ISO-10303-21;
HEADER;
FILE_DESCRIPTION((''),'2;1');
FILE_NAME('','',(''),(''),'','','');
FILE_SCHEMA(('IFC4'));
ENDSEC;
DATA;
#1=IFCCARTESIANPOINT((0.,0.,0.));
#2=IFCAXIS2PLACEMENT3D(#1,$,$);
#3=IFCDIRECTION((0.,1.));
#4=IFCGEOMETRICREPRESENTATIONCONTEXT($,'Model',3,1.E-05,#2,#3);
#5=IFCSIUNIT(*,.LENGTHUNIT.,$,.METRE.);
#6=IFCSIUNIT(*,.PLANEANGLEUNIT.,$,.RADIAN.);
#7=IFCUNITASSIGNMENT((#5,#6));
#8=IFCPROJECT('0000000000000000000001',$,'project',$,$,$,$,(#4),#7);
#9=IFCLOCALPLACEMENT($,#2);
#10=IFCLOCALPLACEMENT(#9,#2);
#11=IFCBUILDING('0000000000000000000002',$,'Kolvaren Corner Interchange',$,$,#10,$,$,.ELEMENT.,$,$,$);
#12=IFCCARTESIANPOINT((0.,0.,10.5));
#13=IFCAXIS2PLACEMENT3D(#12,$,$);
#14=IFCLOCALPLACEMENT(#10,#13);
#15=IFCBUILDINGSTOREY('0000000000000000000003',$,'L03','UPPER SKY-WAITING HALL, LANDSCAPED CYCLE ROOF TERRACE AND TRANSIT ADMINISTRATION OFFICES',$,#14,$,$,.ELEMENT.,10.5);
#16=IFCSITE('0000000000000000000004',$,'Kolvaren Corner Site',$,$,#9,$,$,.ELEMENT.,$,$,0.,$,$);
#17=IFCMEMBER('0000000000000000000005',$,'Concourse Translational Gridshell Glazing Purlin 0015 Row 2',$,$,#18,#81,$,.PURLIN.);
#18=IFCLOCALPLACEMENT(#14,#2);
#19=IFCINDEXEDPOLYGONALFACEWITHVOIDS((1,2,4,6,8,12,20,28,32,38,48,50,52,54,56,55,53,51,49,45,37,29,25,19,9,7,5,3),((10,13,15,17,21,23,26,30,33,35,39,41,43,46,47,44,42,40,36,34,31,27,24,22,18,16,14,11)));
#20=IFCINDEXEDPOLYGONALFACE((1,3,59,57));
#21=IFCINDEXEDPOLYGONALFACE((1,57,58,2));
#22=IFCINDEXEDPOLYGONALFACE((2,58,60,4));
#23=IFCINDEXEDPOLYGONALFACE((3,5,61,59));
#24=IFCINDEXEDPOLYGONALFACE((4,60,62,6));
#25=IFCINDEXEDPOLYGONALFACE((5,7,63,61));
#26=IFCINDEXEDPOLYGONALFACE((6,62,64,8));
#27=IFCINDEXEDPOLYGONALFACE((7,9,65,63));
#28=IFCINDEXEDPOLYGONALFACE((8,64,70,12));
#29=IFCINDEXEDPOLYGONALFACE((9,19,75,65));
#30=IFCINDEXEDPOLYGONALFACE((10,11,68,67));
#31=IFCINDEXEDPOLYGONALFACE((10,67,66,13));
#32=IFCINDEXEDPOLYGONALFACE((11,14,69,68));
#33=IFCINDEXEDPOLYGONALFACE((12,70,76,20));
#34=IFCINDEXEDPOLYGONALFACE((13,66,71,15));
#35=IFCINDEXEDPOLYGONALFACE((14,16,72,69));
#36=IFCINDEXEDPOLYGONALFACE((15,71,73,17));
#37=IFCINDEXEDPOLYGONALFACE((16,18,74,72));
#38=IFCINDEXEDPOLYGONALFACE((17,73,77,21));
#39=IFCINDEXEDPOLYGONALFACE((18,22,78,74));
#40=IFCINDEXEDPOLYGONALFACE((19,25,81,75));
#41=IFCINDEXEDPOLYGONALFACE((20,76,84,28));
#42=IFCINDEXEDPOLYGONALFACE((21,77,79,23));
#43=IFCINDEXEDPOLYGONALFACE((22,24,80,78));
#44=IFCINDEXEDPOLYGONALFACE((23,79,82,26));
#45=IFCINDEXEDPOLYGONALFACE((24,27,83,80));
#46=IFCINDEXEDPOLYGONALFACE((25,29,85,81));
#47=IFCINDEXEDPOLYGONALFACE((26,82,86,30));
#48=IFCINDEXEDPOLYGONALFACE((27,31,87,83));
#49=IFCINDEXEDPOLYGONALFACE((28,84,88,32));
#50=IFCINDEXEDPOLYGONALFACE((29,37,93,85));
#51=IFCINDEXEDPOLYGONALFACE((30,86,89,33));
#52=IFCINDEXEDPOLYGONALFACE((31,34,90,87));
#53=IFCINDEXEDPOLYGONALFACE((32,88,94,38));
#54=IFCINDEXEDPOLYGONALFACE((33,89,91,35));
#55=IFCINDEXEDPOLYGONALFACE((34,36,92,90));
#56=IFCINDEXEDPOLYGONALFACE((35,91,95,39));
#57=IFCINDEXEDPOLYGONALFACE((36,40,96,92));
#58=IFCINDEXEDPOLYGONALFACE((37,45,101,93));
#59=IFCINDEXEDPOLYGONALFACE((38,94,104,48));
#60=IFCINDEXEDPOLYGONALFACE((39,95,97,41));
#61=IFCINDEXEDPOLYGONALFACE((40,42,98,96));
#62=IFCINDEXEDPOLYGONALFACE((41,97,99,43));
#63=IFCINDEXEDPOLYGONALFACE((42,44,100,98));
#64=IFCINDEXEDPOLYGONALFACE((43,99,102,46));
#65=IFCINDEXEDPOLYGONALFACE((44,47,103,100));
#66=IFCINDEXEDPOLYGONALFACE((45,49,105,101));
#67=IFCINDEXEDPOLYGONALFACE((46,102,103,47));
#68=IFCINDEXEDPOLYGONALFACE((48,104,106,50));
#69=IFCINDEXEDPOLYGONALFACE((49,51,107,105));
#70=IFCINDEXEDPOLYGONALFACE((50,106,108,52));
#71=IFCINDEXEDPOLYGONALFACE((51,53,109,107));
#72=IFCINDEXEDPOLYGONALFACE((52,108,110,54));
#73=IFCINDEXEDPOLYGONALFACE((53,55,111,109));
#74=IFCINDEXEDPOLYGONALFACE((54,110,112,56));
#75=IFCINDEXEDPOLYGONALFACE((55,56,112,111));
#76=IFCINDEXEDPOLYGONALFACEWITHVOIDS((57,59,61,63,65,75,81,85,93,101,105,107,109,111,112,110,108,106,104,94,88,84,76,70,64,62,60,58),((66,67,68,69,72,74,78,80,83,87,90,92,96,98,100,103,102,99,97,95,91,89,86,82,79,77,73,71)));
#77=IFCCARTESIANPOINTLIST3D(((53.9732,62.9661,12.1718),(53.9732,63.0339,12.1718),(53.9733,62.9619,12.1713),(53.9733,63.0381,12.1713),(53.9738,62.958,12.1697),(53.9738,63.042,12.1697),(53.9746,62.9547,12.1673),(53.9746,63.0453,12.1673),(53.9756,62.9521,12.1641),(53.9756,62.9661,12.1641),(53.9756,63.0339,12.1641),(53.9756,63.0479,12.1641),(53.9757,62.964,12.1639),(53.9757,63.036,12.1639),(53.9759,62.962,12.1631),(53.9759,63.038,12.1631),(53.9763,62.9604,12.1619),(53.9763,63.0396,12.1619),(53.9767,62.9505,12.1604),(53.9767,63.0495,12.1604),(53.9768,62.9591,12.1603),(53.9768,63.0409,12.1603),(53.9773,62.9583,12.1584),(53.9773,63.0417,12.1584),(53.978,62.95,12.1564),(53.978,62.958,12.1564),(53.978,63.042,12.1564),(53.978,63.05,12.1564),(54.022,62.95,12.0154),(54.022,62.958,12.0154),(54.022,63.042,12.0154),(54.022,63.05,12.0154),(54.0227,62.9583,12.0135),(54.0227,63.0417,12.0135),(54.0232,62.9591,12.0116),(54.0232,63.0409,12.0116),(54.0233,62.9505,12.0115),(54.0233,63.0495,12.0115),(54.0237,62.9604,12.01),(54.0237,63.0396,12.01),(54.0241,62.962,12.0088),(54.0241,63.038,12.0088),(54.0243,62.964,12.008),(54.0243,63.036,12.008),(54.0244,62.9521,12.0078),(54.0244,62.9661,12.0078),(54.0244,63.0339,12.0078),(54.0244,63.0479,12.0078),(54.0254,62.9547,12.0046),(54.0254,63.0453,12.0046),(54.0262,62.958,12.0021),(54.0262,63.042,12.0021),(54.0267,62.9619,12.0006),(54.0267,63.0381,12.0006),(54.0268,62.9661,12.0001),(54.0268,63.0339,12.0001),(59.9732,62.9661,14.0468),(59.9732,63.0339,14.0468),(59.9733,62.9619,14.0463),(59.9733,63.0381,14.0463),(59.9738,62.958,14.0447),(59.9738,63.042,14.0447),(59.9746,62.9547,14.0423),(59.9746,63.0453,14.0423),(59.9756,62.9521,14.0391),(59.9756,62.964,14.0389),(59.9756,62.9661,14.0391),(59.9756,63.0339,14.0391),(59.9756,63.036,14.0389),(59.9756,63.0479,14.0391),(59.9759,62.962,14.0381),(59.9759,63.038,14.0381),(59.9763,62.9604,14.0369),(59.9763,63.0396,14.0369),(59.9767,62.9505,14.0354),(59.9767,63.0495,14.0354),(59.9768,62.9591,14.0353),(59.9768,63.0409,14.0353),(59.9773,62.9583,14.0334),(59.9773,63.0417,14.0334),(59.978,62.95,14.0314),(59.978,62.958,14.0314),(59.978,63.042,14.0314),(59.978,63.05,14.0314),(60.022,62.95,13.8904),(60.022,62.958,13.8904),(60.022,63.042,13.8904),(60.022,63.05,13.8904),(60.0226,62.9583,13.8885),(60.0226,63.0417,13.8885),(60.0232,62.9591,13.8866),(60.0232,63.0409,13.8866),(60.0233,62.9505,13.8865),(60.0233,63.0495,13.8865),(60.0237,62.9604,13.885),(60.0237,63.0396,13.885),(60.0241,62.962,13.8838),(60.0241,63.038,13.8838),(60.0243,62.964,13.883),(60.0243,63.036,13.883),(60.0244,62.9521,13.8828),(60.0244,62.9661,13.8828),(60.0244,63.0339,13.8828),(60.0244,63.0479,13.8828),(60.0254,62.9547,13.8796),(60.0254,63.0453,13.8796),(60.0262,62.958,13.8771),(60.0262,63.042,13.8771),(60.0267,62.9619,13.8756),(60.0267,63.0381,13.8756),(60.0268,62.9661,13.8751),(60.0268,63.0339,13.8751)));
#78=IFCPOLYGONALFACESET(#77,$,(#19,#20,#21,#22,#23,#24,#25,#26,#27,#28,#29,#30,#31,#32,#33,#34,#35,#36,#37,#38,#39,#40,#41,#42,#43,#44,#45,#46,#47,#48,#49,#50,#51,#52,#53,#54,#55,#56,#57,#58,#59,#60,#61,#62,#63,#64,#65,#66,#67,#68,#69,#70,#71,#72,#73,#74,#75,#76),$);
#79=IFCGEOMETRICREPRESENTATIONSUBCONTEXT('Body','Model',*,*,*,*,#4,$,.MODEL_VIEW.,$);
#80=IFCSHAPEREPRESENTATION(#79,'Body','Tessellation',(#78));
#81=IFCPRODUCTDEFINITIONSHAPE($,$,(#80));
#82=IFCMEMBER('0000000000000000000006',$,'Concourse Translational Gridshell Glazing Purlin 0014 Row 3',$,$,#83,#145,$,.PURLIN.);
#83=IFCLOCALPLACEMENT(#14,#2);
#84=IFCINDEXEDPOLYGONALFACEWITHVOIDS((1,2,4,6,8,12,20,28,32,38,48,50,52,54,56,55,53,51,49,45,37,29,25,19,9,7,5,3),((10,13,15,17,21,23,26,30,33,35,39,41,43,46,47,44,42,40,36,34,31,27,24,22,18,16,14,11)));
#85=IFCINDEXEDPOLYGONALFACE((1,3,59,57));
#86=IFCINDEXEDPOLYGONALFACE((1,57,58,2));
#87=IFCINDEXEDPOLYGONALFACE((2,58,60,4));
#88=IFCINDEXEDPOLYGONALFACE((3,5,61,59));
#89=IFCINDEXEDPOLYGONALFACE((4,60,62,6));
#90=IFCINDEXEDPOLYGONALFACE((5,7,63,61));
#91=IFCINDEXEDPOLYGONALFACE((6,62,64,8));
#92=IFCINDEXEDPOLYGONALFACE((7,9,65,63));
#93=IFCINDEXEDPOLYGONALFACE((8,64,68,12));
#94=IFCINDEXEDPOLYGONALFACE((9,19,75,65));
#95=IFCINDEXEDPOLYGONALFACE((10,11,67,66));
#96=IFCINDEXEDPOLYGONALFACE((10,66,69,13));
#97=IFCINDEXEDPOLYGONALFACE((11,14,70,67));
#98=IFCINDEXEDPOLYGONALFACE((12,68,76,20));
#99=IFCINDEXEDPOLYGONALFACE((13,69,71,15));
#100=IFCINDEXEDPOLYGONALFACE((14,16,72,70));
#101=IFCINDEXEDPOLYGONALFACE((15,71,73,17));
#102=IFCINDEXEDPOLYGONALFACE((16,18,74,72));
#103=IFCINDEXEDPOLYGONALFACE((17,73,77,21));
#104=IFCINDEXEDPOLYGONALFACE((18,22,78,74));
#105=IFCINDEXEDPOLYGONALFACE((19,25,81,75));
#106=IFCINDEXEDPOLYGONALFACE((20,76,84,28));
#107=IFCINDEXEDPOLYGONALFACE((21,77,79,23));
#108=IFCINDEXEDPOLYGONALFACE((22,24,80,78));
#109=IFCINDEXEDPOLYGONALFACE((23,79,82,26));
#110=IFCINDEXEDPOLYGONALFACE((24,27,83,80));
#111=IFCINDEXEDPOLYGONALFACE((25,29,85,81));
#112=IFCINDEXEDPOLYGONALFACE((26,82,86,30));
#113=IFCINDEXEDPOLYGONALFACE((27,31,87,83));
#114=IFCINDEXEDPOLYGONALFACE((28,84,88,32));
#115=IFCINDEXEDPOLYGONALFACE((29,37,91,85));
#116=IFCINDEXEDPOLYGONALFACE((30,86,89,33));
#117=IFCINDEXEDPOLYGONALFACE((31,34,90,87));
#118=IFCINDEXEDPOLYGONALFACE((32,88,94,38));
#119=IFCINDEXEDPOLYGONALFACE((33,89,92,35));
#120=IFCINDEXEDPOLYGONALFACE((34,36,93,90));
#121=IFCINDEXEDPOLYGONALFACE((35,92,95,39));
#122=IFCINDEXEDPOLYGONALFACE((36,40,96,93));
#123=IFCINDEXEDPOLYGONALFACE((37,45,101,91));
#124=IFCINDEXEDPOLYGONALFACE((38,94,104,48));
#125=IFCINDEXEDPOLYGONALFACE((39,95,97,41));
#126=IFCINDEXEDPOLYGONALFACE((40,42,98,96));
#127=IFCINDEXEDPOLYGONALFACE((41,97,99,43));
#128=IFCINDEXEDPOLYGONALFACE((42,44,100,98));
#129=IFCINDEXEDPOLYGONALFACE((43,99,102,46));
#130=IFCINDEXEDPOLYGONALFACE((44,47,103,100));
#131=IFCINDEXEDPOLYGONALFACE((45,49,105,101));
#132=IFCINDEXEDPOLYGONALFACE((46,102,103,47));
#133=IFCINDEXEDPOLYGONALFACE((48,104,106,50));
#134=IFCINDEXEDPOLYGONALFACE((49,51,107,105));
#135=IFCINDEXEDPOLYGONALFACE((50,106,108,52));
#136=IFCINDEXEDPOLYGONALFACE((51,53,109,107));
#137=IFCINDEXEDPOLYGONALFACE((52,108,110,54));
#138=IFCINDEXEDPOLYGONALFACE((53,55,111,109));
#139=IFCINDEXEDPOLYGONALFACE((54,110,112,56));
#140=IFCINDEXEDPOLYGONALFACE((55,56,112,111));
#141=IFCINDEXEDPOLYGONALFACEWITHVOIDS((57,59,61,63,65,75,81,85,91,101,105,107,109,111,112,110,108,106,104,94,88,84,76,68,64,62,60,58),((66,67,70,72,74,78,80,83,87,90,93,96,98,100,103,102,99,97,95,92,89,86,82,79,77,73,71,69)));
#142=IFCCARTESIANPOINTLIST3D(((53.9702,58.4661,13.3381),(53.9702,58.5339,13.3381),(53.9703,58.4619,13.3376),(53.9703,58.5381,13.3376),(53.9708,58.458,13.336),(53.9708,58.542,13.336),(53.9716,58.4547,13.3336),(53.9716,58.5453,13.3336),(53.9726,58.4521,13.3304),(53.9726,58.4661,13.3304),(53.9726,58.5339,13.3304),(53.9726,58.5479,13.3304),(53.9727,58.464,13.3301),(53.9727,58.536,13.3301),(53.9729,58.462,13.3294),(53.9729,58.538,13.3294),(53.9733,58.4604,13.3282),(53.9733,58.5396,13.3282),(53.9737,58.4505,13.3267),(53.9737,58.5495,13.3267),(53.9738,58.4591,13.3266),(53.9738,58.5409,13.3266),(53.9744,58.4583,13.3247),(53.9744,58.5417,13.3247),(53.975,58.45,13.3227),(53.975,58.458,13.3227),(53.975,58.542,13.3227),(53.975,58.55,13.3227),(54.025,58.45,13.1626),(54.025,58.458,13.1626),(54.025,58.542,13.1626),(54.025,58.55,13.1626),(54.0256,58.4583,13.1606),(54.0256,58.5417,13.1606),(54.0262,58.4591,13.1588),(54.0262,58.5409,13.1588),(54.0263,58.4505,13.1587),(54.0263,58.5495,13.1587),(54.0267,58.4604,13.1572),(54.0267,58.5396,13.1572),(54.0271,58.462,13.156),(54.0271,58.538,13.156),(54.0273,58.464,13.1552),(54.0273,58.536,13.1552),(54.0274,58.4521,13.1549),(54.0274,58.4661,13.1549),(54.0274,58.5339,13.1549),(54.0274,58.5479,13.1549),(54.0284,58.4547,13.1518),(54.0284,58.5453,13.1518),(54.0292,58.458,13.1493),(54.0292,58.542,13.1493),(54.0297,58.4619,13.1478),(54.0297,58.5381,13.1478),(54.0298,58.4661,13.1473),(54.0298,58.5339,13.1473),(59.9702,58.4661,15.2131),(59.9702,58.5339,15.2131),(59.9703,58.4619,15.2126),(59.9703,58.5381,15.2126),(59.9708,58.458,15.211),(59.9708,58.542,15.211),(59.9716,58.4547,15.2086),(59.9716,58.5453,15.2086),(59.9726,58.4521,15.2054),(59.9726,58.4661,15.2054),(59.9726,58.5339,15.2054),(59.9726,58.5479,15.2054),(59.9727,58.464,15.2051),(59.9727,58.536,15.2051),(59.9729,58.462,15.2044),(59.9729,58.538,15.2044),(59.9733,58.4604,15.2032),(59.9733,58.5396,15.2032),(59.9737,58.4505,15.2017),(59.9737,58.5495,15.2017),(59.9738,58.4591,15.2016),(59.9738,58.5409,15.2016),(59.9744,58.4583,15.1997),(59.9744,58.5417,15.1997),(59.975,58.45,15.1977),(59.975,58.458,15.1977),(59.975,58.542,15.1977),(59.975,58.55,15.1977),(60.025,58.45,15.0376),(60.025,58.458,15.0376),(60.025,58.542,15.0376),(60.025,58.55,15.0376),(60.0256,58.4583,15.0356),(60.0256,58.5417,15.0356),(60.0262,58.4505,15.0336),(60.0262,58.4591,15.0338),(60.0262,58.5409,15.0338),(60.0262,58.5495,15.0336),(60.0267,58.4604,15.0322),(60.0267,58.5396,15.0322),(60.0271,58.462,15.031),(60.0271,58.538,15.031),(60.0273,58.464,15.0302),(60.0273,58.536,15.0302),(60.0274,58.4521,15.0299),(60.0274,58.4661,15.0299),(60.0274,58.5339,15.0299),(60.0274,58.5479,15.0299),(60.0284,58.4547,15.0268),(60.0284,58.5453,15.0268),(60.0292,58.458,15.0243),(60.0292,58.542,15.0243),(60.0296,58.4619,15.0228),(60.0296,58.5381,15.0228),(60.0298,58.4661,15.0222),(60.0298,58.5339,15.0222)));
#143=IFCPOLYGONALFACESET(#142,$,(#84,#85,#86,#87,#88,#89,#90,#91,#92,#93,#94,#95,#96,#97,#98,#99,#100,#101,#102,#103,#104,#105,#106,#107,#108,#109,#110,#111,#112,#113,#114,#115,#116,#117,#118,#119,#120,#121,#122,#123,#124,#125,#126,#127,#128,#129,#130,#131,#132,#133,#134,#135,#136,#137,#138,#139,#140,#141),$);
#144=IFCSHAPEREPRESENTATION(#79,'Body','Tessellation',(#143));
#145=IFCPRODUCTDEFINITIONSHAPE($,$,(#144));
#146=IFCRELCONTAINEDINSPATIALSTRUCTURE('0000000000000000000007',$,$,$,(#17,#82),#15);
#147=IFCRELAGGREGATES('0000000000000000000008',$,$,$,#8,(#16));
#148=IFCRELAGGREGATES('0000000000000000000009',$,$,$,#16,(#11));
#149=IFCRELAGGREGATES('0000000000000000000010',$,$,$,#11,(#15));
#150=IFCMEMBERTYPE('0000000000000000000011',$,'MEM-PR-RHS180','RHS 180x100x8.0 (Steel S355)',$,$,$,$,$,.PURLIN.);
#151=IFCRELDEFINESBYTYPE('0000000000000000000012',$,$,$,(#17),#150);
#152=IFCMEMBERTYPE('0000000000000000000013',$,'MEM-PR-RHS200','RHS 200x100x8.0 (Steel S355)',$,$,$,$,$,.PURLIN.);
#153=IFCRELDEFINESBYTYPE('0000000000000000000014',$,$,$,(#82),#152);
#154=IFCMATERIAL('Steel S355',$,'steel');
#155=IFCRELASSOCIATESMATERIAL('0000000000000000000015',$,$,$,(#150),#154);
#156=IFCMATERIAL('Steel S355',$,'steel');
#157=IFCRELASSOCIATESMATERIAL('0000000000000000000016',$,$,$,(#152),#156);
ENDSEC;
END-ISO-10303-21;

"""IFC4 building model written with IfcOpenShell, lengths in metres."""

from ifc_helpers import new_model, si_unit, direction, frame, origin, origin_2d, place, context, subcontext, project, spatial, hollow_rectangle, extrude, material, material_profile, profile_set, type_object, element, save


model = new_model("IFC4")

# Units and contexts
model_context = context("Model", 3, precision=1e-05, world=origin(), true_north=direction((0.0, 1.0)))
body_context = subcontext(model_context, "Body", "Model", "MODEL_VIEW")
ifc_project = project(units=[si_unit("LENGTHUNIT", "METRE"), si_unit("PLANEANGLEUNIT", "RADIAN")], contexts=[model_context])

# Site, building, storey
site_placement = place(None, origin())
site = spatial("IfcSite", under=ifc_project, at=site_placement, Name="Kolvaren Corner Site", CompositionType="ELEMENT", RefElevation=0.0)
building_placement = place(site_placement, origin())
building = spatial("IfcBuilding", under=site, at=building_placement, Name="Kolvaren Corner Interchange", CompositionType="ELEMENT")
storey_placement = place(building_placement, frame((0.0, 0.0, 10.5)))
storey = spatial("IfcBuildingStorey", under=building, at=storey_placement, Name="L03", Description="UPPER SKY-WAITING HALL, LANDSCAPED CYCLE ROOF TERRACE AND TRANSIT ADMINISTRATION OFFICES", CompositionType="ELEMENT", Elevation=10.5)

# Members
ifc_material_1 = material(Name="Steel S355", Category="steel")
ifc_material_profile_1 = material_profile(ifc_material_1, hollow_rectangle(XDim=0.1001, YDim=0.1799, WallThickness=0.0081, InnerFilletRadius=0.0081, OuterFilletRadius=0.0161, at=origin_2d()), Name="RHS 180x100x8.0")
ifc_profile_set_1 = profile_set([ifc_material_profile_1], Name="Steel S355")
member_type_1 = type_object("IfcMemberType", Name="MEM-PR-RHS180", Description="RHS 180x100x8.0 (Steel S355)", PredefinedType="PURLIN", material=ifc_profile_set_1)
for number, where, z_axis, x_axis, name in (
    (1, (54.0, 63.0, 12.0859), (0.95448, 0.0, 0.298275), (0.0, 1.0, 0.0), "Concourse Translational Gridshell Glazing Purlin 0015 Row 2"),
):
    element("IfcMember", number, at=place(storey_placement, frame(where, z_axis=z_axis, x_axis=x_axis)), inside=storey, type_object=member_type_1, Name=name, PredefinedType="PURLIN", context=body_context, shape_type="SweptSolid", body=[
        extrude(hollow_rectangle(XDim=0.1001, YDim=0.1799, WallThickness=0.0081, InnerFilletRadius=0.0081, OuterFilletRadius=0.0161, at=origin_2d()), origin(), (0.0, 0.0, 1.0), 6.2861),
    ])
ifc_material_2 = material(Name="Steel S355", Category="steel")
ifc_material_profile_2 = material_profile(ifc_material_2, hollow_rectangle(XDim=0.1001, YDim=0.2, WallThickness=0.0081, InnerFilletRadius=0.0081, OuterFilletRadius=0.0161, at=origin_2d()), Name="RHS 200x100x8.0")
ifc_profile_set_2 = profile_set([ifc_material_profile_2], Name="Steel S355")
member_type_2 = type_object("IfcMemberType", Name="MEM-PR-RHS200", Description="RHS 200x100x8.0 (Steel S355)", PredefinedType="PURLIN", material=ifc_profile_set_2)
for number, where, z_axis, x_axis, name in (
    (2, (54.0, 58.5, 13.2427), (0.95448, 0.0, 0.298275), (0.0, 1.0, 0.0), "Concourse Translational Gridshell Glazing Purlin 0014 Row 3"),
):
    element("IfcMember", number, at=place(storey_placement, frame(where, z_axis=z_axis, x_axis=x_axis)), inside=storey, type_object=member_type_2, Name=name, PredefinedType="PURLIN", context=body_context, shape_type="SweptSolid", body=[
        extrude(hollow_rectangle(XDim=0.1001, YDim=0.2, WallThickness=0.0081, InnerFilletRadius=0.0081, OuterFilletRadius=0.0161, at=origin_2d()), origin(), (0.0, 0.0, 1.0), 6.2861),
    ])

save(model, "model.ifc")
